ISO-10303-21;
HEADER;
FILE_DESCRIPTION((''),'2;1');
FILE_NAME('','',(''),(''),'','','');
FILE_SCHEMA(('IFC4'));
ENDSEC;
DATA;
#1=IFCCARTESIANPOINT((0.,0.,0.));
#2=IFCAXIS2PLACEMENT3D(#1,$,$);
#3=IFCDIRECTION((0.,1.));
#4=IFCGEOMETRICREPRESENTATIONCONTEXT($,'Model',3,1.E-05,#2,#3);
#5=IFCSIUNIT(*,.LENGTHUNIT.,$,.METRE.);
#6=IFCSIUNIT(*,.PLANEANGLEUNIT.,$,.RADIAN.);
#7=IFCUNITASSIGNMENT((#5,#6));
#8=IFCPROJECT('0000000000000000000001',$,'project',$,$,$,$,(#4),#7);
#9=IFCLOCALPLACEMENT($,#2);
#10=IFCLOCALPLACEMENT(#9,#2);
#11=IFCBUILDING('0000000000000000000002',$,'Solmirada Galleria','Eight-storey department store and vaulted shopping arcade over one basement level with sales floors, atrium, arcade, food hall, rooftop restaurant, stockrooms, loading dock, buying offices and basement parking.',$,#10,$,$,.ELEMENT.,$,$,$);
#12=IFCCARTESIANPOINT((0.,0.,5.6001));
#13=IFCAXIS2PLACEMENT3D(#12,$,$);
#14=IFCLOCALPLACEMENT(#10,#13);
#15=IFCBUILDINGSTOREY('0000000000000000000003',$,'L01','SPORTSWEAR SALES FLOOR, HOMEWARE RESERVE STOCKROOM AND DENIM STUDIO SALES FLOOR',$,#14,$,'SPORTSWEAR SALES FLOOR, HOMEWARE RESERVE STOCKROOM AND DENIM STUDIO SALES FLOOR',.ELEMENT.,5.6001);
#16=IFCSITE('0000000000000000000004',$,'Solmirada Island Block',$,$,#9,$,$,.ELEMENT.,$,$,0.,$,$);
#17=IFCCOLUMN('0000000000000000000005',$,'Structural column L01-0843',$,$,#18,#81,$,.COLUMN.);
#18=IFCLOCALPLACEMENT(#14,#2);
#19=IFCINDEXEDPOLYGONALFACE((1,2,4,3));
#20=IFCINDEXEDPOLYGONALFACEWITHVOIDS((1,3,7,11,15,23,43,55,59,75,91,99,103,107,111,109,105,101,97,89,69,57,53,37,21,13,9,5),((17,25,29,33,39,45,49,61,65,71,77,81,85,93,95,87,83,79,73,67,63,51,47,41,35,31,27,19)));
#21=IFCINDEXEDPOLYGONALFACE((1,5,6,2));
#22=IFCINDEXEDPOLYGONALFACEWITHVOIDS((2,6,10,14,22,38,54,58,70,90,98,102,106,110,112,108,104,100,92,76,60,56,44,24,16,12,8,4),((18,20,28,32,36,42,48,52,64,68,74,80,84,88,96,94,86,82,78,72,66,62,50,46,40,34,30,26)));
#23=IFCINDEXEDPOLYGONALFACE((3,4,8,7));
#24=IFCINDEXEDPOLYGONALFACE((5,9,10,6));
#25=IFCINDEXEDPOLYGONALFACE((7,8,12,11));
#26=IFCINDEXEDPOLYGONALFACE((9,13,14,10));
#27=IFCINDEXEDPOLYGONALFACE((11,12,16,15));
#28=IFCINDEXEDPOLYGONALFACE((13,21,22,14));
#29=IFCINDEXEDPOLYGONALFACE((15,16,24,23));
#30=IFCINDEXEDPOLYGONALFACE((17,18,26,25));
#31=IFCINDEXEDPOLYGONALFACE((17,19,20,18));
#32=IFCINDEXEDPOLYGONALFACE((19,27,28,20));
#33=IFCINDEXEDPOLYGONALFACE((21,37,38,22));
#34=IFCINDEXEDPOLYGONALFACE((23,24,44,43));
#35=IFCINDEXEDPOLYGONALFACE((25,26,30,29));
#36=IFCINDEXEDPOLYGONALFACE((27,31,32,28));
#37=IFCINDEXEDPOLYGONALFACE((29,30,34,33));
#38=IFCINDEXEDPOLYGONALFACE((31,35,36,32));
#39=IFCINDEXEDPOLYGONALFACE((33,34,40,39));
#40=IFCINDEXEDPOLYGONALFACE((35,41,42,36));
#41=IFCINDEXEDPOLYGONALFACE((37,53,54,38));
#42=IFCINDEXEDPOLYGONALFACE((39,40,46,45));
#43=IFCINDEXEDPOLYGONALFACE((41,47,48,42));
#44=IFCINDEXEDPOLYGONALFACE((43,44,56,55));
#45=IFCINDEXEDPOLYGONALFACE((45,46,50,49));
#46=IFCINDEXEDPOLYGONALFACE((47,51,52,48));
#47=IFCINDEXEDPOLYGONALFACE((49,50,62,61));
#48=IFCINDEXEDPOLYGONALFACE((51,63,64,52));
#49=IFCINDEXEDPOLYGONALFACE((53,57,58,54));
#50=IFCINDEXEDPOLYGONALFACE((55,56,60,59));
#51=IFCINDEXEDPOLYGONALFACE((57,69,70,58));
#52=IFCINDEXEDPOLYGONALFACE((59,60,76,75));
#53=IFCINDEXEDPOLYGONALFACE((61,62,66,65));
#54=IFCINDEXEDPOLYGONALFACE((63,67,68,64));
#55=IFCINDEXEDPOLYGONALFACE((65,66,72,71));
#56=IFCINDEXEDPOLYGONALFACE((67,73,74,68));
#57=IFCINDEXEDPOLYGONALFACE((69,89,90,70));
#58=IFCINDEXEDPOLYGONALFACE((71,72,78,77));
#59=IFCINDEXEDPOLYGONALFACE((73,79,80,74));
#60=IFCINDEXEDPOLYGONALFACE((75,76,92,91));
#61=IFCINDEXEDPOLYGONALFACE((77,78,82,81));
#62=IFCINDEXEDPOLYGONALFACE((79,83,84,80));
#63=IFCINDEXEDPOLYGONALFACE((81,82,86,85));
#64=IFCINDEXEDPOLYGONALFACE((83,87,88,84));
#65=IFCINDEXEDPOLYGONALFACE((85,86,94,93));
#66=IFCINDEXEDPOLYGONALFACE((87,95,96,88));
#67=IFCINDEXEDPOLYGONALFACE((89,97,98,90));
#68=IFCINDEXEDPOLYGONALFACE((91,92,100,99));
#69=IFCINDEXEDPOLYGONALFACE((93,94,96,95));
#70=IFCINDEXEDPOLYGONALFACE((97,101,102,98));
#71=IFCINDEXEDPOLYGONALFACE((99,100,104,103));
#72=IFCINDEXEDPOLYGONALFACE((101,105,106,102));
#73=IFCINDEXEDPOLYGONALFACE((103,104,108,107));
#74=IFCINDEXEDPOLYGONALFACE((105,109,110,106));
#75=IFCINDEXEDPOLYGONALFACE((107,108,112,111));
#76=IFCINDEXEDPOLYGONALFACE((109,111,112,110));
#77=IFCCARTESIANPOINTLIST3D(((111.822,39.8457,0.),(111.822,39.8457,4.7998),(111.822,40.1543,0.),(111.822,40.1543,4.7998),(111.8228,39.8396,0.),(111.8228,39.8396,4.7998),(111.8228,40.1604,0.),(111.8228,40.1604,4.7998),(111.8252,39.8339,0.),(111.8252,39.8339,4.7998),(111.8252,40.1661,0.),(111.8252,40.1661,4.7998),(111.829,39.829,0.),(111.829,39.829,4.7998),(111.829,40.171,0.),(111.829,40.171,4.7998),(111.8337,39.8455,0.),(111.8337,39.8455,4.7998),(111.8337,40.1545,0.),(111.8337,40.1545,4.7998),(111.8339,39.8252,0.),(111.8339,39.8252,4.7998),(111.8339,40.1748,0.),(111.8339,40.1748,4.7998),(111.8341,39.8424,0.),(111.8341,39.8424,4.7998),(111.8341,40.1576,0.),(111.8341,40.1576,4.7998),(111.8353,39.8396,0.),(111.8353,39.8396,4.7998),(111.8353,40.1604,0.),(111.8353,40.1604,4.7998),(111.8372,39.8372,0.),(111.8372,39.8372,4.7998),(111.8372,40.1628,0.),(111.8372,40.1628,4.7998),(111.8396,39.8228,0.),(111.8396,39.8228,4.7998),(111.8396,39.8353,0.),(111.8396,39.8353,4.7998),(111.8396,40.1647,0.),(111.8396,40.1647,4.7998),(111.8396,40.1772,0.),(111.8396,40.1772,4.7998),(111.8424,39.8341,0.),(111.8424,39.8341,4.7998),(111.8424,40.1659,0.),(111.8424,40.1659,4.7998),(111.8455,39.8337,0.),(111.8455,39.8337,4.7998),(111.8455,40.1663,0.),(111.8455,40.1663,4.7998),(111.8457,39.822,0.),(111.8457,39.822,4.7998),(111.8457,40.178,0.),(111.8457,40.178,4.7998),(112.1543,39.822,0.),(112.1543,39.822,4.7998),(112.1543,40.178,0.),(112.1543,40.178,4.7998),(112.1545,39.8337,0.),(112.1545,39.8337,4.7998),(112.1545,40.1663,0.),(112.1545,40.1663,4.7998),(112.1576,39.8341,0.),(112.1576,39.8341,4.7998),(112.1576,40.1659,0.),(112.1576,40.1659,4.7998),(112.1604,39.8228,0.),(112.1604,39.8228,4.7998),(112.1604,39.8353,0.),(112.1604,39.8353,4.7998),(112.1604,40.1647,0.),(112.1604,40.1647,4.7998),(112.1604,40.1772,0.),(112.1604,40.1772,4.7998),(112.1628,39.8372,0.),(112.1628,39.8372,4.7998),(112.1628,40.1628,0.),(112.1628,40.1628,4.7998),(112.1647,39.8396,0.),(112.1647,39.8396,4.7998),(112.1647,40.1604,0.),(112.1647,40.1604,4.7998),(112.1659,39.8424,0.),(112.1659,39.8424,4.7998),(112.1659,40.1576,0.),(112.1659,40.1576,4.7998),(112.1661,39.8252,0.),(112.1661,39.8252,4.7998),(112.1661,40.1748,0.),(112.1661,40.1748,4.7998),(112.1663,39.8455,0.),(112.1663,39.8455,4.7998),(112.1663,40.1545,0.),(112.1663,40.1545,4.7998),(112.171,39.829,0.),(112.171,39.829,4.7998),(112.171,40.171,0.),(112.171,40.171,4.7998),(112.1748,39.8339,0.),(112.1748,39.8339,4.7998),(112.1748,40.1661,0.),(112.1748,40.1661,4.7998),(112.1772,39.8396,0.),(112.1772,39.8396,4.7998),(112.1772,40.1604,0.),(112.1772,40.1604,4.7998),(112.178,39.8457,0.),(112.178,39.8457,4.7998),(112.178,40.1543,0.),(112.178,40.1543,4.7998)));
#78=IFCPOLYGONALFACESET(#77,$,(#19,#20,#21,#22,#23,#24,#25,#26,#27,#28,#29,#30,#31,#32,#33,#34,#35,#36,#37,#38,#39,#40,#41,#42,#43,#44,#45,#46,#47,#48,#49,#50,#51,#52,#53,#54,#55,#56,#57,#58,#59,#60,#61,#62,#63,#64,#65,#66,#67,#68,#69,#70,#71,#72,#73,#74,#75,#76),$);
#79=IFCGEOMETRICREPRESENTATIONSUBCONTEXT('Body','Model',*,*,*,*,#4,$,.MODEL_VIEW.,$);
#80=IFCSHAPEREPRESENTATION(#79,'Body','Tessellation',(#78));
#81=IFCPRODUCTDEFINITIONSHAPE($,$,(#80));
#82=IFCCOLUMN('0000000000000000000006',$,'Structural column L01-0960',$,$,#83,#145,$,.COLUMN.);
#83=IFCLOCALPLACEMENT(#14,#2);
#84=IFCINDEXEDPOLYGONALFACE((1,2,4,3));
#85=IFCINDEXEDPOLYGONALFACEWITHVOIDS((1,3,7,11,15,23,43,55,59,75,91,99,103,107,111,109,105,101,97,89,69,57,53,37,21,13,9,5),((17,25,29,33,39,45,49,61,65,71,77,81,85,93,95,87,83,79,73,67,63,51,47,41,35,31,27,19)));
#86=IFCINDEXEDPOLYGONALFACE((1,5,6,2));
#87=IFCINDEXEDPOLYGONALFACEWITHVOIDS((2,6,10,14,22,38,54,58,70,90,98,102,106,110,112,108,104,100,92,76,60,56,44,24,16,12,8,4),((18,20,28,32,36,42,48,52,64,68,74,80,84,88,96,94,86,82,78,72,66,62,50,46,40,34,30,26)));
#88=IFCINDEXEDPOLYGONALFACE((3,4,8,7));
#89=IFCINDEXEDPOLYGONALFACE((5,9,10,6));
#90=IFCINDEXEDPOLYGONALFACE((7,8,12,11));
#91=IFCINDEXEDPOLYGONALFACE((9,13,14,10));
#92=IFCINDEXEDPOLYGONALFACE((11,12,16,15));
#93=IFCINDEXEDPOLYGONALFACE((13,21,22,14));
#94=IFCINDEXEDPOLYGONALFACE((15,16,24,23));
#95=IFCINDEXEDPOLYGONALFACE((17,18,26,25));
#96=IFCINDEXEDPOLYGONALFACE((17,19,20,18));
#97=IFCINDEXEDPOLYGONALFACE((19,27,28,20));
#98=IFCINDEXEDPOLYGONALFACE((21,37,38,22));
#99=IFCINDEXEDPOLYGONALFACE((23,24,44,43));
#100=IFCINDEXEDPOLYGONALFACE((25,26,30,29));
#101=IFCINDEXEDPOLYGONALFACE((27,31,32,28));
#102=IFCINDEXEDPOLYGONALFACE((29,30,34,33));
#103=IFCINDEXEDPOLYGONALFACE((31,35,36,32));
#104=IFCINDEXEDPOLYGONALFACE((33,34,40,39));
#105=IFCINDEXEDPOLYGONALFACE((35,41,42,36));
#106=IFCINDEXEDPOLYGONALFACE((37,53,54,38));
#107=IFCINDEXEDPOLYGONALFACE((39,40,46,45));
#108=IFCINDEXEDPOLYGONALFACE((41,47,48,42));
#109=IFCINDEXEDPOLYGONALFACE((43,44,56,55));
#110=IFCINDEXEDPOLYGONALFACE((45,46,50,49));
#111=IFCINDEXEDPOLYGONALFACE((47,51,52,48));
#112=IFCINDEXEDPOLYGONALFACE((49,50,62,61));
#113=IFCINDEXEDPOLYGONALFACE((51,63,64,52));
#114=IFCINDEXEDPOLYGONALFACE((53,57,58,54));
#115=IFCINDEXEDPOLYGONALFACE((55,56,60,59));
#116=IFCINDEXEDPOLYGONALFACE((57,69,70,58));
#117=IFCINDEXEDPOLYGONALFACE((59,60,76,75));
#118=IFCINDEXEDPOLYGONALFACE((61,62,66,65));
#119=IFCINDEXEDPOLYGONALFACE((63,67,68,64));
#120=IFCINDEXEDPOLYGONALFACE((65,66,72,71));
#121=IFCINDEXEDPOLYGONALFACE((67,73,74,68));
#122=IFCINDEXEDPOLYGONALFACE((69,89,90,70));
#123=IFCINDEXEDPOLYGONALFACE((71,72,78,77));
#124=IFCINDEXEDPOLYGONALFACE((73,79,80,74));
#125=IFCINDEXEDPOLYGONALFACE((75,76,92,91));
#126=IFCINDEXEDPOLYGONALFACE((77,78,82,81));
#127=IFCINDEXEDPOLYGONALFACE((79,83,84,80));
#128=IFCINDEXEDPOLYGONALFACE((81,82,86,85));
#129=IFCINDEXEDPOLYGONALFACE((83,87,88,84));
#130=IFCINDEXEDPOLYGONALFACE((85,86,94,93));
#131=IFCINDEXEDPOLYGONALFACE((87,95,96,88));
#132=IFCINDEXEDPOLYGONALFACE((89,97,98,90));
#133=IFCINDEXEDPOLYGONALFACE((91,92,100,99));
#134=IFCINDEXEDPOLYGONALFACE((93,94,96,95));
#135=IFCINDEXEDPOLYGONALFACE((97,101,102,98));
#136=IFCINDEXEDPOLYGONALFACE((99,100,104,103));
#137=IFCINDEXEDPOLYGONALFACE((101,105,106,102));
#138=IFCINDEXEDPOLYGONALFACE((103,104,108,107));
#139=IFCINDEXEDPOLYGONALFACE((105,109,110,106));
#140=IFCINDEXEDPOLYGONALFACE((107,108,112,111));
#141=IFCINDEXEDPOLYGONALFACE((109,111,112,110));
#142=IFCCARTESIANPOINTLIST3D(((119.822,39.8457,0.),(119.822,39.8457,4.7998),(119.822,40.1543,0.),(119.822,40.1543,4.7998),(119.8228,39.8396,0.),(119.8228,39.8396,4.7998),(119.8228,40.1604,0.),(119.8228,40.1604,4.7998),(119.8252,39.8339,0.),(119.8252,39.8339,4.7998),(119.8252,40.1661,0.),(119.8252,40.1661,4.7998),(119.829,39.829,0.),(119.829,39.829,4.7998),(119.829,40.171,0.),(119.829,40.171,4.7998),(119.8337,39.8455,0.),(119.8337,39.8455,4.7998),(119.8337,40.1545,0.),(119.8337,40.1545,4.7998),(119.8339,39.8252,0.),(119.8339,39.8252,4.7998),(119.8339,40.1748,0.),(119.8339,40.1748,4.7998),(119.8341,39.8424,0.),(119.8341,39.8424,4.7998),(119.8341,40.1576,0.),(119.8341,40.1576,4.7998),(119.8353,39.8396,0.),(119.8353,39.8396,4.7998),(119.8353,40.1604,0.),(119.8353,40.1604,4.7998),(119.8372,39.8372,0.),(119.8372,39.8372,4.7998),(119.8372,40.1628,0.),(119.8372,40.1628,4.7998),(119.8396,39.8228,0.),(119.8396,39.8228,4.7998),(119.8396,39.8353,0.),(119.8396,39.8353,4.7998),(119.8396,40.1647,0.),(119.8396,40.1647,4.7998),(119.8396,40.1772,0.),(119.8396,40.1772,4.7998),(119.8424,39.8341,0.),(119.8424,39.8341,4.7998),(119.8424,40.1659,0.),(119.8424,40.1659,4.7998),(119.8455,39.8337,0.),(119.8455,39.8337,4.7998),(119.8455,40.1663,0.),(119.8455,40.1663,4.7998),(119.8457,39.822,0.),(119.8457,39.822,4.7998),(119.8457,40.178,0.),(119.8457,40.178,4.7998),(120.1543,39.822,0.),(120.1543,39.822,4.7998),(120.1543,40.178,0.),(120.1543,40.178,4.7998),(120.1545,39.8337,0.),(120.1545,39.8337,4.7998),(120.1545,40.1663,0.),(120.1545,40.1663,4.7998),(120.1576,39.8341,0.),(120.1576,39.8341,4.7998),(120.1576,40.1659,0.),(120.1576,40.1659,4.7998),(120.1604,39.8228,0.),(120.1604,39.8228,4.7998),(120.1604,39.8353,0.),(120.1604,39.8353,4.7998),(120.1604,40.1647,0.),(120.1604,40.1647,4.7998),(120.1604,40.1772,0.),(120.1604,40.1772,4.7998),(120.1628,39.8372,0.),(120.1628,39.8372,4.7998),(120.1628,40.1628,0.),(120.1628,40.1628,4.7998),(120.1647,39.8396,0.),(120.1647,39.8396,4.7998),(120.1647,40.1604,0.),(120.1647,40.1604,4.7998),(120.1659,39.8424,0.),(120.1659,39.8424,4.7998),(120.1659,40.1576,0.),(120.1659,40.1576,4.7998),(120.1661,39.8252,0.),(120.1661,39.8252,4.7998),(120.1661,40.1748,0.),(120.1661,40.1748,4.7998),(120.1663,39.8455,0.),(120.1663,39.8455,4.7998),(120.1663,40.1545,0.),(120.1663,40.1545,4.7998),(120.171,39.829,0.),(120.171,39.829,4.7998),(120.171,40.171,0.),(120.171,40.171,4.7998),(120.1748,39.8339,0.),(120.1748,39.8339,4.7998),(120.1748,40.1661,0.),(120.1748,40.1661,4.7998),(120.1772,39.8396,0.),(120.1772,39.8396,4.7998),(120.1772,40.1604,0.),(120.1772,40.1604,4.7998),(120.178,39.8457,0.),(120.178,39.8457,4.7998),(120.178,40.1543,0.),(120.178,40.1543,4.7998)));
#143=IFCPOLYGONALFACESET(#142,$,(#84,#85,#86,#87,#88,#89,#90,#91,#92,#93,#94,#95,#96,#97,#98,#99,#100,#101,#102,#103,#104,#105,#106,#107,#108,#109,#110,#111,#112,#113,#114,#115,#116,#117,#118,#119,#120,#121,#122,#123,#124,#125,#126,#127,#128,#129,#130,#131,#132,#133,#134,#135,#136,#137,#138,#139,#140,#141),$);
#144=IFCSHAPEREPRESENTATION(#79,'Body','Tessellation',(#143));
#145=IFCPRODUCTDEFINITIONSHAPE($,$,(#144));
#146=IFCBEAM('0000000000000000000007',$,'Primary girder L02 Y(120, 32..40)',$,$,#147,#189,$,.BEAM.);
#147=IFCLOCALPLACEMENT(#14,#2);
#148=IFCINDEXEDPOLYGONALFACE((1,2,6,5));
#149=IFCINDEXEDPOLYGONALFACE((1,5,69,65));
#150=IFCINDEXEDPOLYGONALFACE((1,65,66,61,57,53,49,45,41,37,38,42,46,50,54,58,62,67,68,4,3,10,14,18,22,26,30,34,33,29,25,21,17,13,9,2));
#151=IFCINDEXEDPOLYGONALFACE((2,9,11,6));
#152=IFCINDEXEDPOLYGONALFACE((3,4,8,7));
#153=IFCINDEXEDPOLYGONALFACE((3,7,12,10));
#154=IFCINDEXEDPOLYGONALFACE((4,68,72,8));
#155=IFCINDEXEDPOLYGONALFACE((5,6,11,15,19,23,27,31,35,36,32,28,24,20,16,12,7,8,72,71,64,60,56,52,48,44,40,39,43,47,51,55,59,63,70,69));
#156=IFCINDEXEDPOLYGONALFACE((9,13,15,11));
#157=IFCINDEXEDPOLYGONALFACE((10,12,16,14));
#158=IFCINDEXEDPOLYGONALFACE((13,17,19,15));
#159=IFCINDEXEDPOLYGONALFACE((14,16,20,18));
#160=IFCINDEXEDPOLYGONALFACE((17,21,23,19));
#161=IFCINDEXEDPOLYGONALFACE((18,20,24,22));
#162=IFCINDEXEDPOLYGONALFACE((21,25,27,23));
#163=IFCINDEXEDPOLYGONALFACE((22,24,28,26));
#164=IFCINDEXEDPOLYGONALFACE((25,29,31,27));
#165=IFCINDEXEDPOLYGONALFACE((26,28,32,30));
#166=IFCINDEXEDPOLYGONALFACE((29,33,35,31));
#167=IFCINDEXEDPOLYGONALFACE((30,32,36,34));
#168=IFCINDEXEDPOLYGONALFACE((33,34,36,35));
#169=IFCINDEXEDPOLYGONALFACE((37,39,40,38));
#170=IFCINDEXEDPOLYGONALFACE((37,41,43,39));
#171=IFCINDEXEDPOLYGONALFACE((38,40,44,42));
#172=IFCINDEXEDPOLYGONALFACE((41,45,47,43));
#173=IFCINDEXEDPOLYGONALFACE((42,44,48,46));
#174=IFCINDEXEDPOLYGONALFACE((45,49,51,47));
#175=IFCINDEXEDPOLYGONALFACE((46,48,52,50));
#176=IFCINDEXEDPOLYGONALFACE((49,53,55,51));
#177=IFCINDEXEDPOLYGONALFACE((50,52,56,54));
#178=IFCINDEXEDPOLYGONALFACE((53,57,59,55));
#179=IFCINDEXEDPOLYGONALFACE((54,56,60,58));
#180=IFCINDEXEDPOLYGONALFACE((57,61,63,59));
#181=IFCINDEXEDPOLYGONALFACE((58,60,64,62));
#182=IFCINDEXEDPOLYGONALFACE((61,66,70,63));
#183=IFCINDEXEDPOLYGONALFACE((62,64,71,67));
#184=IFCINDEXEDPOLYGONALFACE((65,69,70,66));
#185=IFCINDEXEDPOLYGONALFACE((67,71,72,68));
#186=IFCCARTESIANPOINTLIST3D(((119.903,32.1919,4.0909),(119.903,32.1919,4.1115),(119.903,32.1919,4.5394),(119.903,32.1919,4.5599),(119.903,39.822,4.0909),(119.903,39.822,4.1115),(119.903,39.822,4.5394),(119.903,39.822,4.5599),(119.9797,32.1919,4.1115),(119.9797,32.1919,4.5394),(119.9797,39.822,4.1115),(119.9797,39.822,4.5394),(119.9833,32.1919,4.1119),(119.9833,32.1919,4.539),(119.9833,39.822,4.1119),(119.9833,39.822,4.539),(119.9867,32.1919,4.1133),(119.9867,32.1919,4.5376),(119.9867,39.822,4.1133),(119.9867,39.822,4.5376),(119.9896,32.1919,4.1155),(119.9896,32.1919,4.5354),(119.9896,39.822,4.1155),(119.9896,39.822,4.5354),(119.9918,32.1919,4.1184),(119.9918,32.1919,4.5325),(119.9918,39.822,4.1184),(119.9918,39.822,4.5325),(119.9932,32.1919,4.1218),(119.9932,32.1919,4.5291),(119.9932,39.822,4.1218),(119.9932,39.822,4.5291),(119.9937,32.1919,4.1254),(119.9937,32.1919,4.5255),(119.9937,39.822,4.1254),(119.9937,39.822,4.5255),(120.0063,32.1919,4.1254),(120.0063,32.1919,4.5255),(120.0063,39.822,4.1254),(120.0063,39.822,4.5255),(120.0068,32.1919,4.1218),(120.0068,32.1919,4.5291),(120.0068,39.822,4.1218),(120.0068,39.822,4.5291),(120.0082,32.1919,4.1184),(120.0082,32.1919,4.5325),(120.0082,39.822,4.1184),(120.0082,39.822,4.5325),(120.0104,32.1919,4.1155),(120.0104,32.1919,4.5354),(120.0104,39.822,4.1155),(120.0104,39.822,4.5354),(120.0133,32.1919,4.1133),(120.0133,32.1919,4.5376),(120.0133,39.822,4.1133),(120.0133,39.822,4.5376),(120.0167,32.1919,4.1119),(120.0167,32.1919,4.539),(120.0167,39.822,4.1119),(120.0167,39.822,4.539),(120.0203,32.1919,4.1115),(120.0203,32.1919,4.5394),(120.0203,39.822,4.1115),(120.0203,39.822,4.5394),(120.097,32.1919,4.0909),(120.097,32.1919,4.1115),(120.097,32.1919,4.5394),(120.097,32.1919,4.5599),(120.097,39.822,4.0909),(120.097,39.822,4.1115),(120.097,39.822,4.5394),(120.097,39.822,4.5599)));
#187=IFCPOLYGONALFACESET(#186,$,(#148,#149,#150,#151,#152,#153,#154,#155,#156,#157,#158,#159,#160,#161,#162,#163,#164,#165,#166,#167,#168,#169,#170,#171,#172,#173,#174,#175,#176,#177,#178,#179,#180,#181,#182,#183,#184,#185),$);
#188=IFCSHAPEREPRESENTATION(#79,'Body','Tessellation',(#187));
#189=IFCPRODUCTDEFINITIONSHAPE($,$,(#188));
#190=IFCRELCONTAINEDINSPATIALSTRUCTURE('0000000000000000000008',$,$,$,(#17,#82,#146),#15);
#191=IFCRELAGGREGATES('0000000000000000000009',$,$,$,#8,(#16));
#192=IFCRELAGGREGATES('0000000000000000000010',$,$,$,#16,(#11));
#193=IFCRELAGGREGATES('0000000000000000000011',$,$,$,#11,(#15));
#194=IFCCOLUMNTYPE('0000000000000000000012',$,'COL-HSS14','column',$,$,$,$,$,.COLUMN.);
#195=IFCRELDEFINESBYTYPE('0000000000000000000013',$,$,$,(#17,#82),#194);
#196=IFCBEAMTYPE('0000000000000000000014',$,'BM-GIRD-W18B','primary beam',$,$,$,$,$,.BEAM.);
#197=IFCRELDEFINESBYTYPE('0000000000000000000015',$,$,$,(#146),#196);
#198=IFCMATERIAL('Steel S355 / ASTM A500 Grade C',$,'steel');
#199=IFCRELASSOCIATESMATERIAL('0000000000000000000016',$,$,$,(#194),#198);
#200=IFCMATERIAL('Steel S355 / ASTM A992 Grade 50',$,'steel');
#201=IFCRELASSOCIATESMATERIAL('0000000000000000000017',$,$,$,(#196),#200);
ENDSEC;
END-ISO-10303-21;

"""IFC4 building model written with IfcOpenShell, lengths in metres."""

from ifc_helpers import new_model, si_unit, direction, frame, origin, origin_2d, place, context, subcontext, project, spatial, hollow_rectangle, i_section, extrude, material, material_profile, profile_set, type_object, element, save


model = new_model("IFC4")

# Units and contexts
model_context = context("Model", 3, precision=1e-05, world=origin(), true_north=direction((0.0, 1.0)))
body_context = subcontext(model_context, "Body", "Model", "MODEL_VIEW")
ifc_project = project(units=[si_unit("LENGTHUNIT", "METRE"), si_unit("PLANEANGLEUNIT", "RADIAN")], contexts=[model_context])

# Site, building, storey
site_placement = place(None, origin())
site = spatial("IfcSite", under=ifc_project, at=site_placement, Name="Solmirada Island Block", CompositionType="ELEMENT", RefElevation=0.0)
building_placement = place(site_placement, origin())
building = spatial("IfcBuilding", under=site, at=building_placement, Name="Solmirada Galleria", Description="Eight-storey department store and vaulted shopping arcade over one basement level with sales floors, atrium, arcade, food hall, rooftop restaurant, stockrooms, loading dock, buying offices and basement parking.", CompositionType="ELEMENT")
storey_placement = place(building_placement, frame((0.0, 0.0, 5.6001)))
storey = spatial("IfcBuildingStorey", under=building, at=storey_placement, Name="L01", Description="SPORTSWEAR SALES FLOOR, HOMEWARE RESERVE STOCKROOM AND DENIM STUDIO SALES FLOOR", LongName="SPORTSWEAR SALES FLOOR, HOMEWARE RESERVE STOCKROOM AND DENIM STUDIO SALES FLOOR", CompositionType="ELEMENT", Elevation=5.6001)

# Columns
ifc_material_1 = material(Name="Steel S355 / ASTM A500 Grade C", Category="steel")
ifc_material_profile_1 = material_profile(ifc_material_1, hollow_rectangle(XDim=0.356, YDim=0.356, WallThickness=0.0117, InnerFilletRadius=0.0117, OuterFilletRadius=0.0237, at=origin_2d()), Name="HSS14X14X1/2")
ifc_profile_set_1 = profile_set([ifc_material_profile_1], Name="Steel S355 / ASTM A500 Grade C")
column_type = type_object("IfcColumnType", Name="COL-HSS14", Description="column", PredefinedType="COLUMN", material=ifc_profile_set_1)
for number, where, z_axis, x_axis, name in (
    (1, (112.0, 40.0, 0.0), (0.0, 0.0, 1.0), (1.0, 0.0, 0.0), "Structural column L01-0843"),
    (2, (120.0, 40.0, 0.0), (0.0, 0.0, 1.0), (1.0, 0.0, 0.0), "Structural column L01-0960"),
):
    element("IfcColumn", number, at=place(storey_placement, frame(where, z_axis=z_axis, x_axis=x_axis)), inside=storey, type_object=column_type, Name=name, PredefinedType="COLUMN", context=body_context, shape_type="SweptSolid", body=[
        extrude(hollow_rectangle(XDim=0.356, YDim=0.356, WallThickness=0.0117, InnerFilletRadius=0.0117, OuterFilletRadius=0.0237, at=origin_2d()), origin(), (0.0, 0.0, 1.0), 4.7998),
    ])

# Beam
ifc_material_2 = material(Name="Steel S355 / ASTM A992 Grade 50", Category="steel")
ifc_material_profile_2 = material_profile(ifc_material_2, i_section(OverallWidth=0.1941, OverallDepth=0.469, WebThickness=0.0127, FlangeThickness=0.0205, FilletRadius=0.0139, at=origin_2d()), Name="W18X71")
ifc_profile_set_2 = profile_set([ifc_material_profile_2], Name="Steel S355 / ASTM A992 Grade 50")
beam_type_1 = type_object("IfcBeamType", Name="BM-GIRD-W18B", Description="primary beam", PredefinedType="BEAM", material=ifc_profile_set_2)
beam_1_placement = place(storey_placement, frame((120.0, 32.1919, 4.3254), z_axis=(0.0, 1.0, 0.0), x_axis=(-1.0, 0.0, 0.0)))
element("IfcBeam", 3, at=beam_1_placement, inside=storey, type_object=beam_type_1, Name="Primary girder L02 Y(120, 32..40)", PredefinedType="BEAM", context=body_context, shape_type="SweptSolid", body=[
    extrude(i_section(OverallWidth=0.1941, OverallDepth=0.469, WebThickness=0.0127, FlangeThickness=0.0205, FilletRadius=0.0139, at=origin_2d()), origin(), (0.0, 0.0, 1.0), 7.6301),
])

save(model, "model.ifc")
